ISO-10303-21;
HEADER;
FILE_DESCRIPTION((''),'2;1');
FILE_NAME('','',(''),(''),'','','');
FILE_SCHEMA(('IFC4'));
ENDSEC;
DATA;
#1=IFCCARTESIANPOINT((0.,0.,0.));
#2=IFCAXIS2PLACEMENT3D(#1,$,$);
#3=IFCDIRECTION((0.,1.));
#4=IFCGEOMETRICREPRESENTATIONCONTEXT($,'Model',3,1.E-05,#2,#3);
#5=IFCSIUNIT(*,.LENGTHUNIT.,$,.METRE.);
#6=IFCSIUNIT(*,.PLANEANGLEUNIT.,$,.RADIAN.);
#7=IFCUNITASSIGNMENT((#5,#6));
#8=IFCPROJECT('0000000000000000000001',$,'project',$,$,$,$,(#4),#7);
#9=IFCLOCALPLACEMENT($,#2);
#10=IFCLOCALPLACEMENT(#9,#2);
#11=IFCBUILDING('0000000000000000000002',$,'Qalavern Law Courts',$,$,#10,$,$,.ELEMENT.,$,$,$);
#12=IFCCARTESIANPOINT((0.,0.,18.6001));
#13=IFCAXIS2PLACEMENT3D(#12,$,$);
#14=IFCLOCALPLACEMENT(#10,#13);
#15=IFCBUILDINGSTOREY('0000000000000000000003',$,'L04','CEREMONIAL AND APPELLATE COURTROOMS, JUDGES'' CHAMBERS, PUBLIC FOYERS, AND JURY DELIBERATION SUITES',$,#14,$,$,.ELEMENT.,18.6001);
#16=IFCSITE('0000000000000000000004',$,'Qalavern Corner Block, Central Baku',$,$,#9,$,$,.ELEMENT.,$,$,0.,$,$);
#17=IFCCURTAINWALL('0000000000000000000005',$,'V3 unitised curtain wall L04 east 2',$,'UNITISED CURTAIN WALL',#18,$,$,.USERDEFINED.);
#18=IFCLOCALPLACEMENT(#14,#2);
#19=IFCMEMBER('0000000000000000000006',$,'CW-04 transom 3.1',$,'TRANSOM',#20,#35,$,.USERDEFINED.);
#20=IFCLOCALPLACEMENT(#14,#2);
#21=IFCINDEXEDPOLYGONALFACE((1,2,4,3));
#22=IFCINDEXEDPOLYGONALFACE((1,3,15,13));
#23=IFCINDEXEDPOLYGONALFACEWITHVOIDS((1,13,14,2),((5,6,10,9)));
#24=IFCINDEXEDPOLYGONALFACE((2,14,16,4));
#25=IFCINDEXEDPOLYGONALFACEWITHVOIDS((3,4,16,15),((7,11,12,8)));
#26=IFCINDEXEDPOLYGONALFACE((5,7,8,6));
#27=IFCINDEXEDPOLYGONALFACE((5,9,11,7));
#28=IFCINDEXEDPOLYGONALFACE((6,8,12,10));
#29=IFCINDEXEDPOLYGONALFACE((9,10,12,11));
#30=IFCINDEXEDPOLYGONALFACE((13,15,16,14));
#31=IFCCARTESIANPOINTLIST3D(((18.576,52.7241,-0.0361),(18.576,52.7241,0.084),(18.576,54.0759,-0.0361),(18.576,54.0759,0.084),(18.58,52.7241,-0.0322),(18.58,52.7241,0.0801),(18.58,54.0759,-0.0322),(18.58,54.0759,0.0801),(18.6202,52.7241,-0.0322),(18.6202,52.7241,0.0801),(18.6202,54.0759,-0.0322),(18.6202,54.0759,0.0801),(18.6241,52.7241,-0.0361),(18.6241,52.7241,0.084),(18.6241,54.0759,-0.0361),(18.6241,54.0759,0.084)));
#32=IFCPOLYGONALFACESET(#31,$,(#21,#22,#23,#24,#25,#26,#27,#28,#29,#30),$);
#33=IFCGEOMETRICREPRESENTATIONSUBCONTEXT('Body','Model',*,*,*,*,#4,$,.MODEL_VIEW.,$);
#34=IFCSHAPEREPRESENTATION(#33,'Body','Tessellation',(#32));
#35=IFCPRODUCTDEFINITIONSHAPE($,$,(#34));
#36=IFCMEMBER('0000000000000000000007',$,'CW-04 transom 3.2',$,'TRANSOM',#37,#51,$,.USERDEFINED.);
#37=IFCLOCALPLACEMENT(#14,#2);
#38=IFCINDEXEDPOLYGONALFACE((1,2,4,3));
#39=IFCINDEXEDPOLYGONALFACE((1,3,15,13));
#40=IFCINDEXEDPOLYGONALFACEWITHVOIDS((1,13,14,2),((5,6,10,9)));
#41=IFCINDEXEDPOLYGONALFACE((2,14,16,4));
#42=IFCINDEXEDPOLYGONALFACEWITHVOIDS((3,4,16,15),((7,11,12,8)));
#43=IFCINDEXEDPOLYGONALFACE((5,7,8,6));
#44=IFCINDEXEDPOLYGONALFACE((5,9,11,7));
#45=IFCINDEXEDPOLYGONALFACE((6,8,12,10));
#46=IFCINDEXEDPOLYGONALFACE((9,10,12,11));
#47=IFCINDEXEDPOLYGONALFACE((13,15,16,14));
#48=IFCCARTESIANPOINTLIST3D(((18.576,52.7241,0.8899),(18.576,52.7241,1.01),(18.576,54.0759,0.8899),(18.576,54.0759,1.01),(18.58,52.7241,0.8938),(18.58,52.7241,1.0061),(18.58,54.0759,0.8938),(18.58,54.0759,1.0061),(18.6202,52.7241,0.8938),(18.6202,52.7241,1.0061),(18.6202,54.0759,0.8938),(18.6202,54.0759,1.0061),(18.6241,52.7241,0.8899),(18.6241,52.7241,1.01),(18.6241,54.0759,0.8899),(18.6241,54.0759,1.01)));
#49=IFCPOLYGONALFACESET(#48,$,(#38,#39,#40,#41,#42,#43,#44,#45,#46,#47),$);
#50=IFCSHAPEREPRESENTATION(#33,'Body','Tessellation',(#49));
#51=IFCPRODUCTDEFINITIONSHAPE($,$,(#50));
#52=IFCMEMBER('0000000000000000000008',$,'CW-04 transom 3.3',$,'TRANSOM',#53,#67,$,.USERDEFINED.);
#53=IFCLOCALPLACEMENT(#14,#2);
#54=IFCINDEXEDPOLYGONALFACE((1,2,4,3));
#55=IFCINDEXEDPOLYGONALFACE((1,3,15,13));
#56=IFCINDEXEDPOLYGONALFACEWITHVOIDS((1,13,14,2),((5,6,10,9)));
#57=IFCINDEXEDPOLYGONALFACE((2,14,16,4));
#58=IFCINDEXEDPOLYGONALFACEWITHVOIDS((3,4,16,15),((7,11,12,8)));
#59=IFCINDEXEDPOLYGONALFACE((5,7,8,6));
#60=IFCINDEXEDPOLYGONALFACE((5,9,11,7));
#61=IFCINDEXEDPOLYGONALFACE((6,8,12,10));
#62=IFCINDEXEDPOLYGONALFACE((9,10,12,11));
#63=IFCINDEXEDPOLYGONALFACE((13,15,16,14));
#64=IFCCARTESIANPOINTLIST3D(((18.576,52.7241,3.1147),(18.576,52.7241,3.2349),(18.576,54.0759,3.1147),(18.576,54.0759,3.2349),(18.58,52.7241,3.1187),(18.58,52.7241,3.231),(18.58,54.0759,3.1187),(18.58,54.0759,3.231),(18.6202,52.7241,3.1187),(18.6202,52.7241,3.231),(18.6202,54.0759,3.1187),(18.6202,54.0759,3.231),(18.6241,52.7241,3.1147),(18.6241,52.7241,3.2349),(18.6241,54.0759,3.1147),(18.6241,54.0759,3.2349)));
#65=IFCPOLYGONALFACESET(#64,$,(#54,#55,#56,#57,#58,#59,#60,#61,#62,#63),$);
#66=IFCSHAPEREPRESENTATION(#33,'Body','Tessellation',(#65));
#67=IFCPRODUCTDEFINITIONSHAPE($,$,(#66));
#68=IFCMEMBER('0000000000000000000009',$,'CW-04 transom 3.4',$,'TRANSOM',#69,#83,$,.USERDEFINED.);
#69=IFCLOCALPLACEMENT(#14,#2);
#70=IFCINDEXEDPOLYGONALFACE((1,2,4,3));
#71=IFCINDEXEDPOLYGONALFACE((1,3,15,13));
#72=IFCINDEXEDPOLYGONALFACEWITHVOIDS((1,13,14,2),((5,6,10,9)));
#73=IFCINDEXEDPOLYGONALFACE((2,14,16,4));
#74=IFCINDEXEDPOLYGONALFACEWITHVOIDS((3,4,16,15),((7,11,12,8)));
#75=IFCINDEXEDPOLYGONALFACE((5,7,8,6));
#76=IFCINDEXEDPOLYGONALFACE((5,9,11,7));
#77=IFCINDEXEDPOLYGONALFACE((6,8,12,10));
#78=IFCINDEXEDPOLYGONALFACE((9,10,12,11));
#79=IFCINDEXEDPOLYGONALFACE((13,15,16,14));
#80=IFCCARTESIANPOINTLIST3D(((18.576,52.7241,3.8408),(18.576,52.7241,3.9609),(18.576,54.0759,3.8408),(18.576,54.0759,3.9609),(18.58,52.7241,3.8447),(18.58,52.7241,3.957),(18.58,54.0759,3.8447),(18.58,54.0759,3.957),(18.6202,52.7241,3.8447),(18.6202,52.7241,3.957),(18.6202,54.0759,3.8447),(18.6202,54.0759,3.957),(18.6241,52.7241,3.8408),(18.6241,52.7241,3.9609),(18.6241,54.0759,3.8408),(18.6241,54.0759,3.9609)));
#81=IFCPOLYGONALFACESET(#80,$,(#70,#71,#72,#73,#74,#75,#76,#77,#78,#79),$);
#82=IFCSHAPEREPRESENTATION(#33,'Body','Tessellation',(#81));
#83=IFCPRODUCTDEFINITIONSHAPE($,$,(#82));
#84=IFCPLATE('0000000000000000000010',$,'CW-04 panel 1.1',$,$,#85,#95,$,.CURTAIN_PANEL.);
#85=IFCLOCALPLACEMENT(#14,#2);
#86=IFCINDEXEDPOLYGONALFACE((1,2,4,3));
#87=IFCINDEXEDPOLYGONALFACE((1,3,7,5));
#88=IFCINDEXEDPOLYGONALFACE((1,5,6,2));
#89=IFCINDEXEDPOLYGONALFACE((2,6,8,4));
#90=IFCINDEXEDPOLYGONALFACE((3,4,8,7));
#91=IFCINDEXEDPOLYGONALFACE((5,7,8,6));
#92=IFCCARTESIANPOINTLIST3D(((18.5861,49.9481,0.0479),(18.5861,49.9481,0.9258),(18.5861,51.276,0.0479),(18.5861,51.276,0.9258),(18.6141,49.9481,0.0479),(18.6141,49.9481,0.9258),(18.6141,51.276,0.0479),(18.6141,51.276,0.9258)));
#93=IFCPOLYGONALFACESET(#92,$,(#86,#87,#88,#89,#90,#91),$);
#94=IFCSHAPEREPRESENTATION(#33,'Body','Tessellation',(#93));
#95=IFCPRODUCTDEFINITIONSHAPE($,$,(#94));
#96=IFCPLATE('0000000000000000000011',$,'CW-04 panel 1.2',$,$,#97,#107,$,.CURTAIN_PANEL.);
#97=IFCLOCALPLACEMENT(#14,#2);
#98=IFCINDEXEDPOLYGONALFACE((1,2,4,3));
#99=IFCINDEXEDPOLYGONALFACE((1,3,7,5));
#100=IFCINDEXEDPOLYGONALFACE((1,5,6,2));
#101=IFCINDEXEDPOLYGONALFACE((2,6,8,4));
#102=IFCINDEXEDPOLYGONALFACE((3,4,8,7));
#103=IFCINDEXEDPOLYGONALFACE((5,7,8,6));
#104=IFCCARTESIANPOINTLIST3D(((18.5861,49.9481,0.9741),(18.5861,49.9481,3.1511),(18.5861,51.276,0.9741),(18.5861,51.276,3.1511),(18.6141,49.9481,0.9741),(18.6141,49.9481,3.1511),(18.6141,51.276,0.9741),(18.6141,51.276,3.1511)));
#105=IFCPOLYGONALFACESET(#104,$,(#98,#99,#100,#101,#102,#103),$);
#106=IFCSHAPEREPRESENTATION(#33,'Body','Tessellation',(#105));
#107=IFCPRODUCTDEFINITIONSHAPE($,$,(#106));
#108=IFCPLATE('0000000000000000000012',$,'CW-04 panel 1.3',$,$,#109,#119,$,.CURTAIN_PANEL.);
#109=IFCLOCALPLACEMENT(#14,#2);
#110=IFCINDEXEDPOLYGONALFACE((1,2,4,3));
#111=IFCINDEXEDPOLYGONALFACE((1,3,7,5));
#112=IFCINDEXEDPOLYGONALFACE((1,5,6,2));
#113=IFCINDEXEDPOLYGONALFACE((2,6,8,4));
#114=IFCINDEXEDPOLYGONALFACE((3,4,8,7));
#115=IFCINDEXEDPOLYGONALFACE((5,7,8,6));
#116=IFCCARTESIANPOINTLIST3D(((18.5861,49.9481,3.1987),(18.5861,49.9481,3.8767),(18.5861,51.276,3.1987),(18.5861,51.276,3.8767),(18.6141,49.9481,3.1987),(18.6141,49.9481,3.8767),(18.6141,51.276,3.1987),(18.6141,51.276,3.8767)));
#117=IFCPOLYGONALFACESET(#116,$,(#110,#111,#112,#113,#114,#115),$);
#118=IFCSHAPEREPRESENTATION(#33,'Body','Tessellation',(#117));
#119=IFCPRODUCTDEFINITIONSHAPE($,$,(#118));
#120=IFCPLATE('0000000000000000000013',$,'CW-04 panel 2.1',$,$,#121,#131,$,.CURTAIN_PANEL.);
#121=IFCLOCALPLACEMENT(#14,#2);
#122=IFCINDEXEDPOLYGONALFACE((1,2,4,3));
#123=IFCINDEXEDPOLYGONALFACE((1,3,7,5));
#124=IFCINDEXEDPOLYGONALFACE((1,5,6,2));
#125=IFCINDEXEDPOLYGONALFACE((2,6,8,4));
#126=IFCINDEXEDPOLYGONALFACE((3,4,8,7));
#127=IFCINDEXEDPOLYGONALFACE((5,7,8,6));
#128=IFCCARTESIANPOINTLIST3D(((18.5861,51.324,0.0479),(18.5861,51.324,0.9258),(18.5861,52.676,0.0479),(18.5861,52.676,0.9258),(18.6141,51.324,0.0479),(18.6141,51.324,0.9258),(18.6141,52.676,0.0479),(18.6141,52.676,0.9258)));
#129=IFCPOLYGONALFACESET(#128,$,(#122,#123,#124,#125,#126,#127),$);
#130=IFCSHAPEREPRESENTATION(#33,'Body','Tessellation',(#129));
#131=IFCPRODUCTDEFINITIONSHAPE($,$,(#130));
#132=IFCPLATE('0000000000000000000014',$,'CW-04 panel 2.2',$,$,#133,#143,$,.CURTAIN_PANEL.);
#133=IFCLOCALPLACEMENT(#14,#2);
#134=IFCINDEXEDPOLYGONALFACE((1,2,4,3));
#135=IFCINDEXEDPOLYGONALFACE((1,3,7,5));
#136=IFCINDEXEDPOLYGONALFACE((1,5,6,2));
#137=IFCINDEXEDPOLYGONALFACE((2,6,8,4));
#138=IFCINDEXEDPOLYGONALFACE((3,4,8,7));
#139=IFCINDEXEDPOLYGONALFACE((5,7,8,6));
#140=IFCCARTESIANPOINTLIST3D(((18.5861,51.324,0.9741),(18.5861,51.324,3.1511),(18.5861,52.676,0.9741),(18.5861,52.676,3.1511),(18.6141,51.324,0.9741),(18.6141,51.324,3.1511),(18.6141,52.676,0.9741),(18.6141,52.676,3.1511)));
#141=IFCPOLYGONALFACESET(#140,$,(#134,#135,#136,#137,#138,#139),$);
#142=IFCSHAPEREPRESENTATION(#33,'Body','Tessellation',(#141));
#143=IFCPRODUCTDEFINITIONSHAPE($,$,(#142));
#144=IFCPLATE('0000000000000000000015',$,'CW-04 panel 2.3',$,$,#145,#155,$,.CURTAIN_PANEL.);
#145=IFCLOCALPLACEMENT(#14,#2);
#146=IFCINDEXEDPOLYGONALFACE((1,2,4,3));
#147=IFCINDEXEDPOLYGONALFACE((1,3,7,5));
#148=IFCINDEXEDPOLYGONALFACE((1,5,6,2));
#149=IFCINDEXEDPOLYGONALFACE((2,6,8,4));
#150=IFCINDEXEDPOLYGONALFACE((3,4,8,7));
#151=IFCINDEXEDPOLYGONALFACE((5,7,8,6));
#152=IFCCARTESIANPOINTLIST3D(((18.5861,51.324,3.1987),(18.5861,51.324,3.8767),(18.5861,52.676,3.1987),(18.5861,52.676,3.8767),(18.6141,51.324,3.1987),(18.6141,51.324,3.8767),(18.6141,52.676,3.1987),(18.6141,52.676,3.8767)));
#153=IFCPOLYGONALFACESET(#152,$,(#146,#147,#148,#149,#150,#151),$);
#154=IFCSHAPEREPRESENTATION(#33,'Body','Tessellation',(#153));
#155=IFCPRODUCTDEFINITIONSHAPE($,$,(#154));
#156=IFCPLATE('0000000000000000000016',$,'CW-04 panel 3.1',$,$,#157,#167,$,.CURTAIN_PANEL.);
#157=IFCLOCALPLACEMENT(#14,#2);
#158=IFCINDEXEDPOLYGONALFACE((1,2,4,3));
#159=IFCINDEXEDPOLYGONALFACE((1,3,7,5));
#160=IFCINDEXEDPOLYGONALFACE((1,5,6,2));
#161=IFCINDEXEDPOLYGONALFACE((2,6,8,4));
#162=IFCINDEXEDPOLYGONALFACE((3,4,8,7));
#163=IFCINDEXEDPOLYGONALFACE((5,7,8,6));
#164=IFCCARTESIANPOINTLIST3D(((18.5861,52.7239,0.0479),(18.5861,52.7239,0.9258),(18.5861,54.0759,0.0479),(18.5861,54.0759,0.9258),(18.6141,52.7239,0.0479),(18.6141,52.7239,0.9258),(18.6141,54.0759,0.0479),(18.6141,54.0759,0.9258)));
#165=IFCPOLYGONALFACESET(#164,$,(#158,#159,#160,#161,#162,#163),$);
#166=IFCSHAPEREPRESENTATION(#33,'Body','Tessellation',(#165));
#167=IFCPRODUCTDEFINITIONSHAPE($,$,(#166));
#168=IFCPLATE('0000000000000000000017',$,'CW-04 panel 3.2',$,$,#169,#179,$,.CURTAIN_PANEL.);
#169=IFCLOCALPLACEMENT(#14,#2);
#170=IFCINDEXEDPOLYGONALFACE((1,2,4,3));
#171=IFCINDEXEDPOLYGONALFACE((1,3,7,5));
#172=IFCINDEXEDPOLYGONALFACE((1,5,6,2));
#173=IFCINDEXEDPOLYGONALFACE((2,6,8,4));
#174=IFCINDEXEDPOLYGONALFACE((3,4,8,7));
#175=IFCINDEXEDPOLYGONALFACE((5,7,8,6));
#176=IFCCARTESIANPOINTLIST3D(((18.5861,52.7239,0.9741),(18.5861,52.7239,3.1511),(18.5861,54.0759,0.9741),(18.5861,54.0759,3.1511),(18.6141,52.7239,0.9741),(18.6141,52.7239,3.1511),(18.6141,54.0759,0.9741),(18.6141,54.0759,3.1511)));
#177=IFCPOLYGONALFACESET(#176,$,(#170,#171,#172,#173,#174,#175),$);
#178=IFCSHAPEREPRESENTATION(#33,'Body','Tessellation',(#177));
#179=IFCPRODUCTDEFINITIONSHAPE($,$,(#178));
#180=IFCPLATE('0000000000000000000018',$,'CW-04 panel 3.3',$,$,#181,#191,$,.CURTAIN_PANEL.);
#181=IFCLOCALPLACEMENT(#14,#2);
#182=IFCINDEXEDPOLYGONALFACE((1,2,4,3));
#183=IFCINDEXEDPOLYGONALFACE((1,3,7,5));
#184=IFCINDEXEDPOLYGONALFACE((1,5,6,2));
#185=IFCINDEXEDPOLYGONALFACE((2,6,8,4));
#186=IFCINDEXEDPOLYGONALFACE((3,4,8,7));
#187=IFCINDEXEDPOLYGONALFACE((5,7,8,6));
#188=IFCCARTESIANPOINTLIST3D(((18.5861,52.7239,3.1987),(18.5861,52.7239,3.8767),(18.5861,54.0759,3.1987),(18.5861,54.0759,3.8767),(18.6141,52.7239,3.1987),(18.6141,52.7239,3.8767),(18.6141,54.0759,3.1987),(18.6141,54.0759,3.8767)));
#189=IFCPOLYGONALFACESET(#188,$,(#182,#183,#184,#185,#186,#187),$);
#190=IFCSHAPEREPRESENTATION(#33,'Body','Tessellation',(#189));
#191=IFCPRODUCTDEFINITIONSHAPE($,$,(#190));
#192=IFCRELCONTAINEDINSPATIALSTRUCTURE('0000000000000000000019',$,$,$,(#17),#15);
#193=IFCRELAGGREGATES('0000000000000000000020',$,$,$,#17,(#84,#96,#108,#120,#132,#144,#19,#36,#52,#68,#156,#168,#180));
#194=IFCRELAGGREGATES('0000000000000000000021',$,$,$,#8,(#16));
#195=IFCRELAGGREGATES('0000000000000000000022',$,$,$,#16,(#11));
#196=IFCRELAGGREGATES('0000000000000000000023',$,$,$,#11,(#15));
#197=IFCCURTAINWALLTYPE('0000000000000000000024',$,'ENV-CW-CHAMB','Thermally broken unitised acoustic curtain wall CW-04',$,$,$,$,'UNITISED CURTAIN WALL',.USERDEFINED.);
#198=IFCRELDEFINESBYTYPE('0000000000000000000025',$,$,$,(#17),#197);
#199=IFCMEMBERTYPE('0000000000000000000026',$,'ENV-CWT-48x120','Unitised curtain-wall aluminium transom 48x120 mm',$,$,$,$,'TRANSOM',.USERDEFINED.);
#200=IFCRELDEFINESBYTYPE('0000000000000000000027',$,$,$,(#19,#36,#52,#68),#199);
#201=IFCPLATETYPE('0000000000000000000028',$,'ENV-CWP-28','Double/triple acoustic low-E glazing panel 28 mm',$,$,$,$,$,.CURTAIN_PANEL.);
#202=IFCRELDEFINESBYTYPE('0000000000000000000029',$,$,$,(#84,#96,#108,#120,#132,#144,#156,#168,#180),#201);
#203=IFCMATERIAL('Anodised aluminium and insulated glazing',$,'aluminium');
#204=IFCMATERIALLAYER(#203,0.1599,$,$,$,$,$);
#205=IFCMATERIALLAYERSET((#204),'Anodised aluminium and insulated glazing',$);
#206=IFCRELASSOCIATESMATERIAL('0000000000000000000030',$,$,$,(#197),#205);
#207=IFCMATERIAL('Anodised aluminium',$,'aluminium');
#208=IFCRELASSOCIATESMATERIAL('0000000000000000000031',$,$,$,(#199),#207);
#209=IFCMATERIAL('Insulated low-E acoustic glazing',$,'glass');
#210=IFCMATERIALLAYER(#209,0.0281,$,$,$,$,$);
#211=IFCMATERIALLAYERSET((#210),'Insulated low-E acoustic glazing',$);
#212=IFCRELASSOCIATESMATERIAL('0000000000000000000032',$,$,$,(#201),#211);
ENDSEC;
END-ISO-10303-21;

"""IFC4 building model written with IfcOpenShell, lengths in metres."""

from ifc_helpers import new_model, si_unit, direction, frame, origin, origin_2d, place, context, subcontext, project, spatial, rectangle, hollow_rectangle, extrude, material, layer, layer_set, material_profile, profile_set, type_object, element, aggregate, save


model = new_model("IFC4")

# Units and contexts
model_context = context("Model", 3, precision=1e-05, world=origin(), true_north=direction((0.0, 1.0)))
body_context = subcontext(model_context, "Body", "Model", "MODEL_VIEW")
ifc_project = project(units=[si_unit("LENGTHUNIT", "METRE"), si_unit("PLANEANGLEUNIT", "RADIAN")], contexts=[model_context])

# Site, building, storey
site_placement = place(None, origin())
site = spatial("IfcSite", under=ifc_project, at=site_placement, Name="Qalavern Corner Block, Central Baku", CompositionType="ELEMENT", RefElevation=0.0)
building_placement = place(site_placement, origin())
building = spatial("IfcBuilding", under=site, at=building_placement, Name="Qalavern Law Courts", CompositionType="ELEMENT")
storey_placement = place(building_placement, frame((0.0, 0.0, 18.6001)))
storey = spatial("IfcBuildingStorey", under=building, at=storey_placement, Name="L04", Description="CEREMONIAL AND APPELLATE COURTROOMS, JUDGES' CHAMBERS, PUBLIC FOYERS, AND JURY DELIBERATION SUITES", CompositionType="ELEMENT", Elevation=18.6001)

# Curtain wall, members, plates
ifc_material_1 = material(Name="Anodised aluminium and insulated glazing", Category="aluminium")
ifc_layer_1 = layer(ifc_material_1, 0.1599)
ifc_layer_set_1 = layer_set([ifc_layer_1], Name="Anodised aluminium and insulated glazing")
curtain_wall_type = type_object("IfcCurtainWallType", Name="ENV-CW-CHAMB", Description="Thermally broken unitised acoustic curtain wall CW-04", ElementType="UNITISED CURTAIN WALL", PredefinedType="USERDEFINED", material=ifc_layer_set_1)
curtain_wall_placement = place(storey_placement, origin())
curtain_wall = element("IfcCurtainWall", 1, at=curtain_wall_placement, inside=storey, type_object=curtain_wall_type, Name="V3 unitised curtain wall L04 east 2", ObjectType="UNITISED CURTAIN WALL", PredefinedType="USERDEFINED")
ifc_material_2 = material(Name="Anodised aluminium", Category="aluminium")
ifc_material_profile_1 = material_profile(ifc_material_2, hollow_rectangle(XDim=0.0481, YDim=0.1201, WallThickness=0.0039, at=origin_2d()), Name="ALU TRANSOM 48x120")
ifc_profile_set_1 = profile_set([ifc_material_profile_1], Name="Anodised aluminium")
member_type_1 = type_object("IfcMemberType", Name="ENV-CWT-48x120", Description="Unitised curtain-wall aluminium transom 48x120 mm", ElementType="TRANSOM", PredefinedType="USERDEFINED", material=ifc_profile_set_1)
member_1_placement = place(storey_placement, frame((18.6001, 52.7241, 0.0239), z_axis=(0.0, 1.0, 0.0), x_axis=(-1.0, 0.0, 0.0)))
member_1 = element("IfcMember", 2, at=member_1_placement, type_object=member_type_1, Name="CW-04 transom 3.1", ObjectType="TRANSOM", PredefinedType="USERDEFINED", context=body_context, shape_type="SweptSolid", body=[
    extrude(hollow_rectangle(XDim=0.0481, YDim=0.1201, WallThickness=0.0039, at=origin_2d()), origin(), (0.0, 0.0, 1.0), 1.3518),
])
member_2_placement = place(storey_placement, frame((18.6001, 52.7241, 0.95), z_axis=(0.0, 1.0, 0.0), x_axis=(-1.0, 0.0, 0.0)))
member_2 = element("IfcMember", 3, at=member_2_placement, type_object=member_type_1, Name="CW-04 transom 3.2", ObjectType="TRANSOM", PredefinedType="USERDEFINED", context=body_context, shape_type="SweptSolid", body=[
    extrude(hollow_rectangle(XDim=0.0481, YDim=0.1201, WallThickness=0.0039, at=origin_2d()), origin(), (0.0, 0.0, 1.0), 1.3518),
])
member_3_placement = place(storey_placement, frame((18.6001, 52.7241, 3.1748), z_axis=(0.0, 1.0, 0.0), x_axis=(-1.0, 0.0, 0.0)))
member_3 = element("IfcMember", 4, at=member_3_placement, type_object=member_type_1, Name="CW-04 transom 3.3", ObjectType="TRANSOM", PredefinedType="USERDEFINED", context=body_context, shape_type="SweptSolid", body=[
    extrude(hollow_rectangle(XDim=0.0481, YDim=0.1201, WallThickness=0.0039, at=origin_2d()), origin(), (0.0, 0.0, 1.0), 1.3518),
])
member_4_placement = place(storey_placement, frame((18.6001, 52.7241, 3.9009), z_axis=(0.0, 1.0, 0.0), x_axis=(-1.0, 0.0, 0.0)))
member_4 = element("IfcMember", 5, at=member_4_placement, type_object=member_type_1, Name="CW-04 transom 3.4", ObjectType="TRANSOM", PredefinedType="USERDEFINED", context=body_context, shape_type="SweptSolid", body=[
    extrude(hollow_rectangle(XDim=0.0481, YDim=0.1201, WallThickness=0.0039, at=origin_2d()), origin(), (0.0, 0.0, 1.0), 1.3518),
])
ifc_material_3 = material(Name="Insulated low-E acoustic glazing", Category="glass")
ifc_layer_2 = layer(ifc_material_3, 0.0281)
ifc_layer_set_2 = layer_set([ifc_layer_2], Name="Insulated low-E acoustic glazing")
plate_type = type_object("IfcPlateType", Name="ENV-CWP-28", Description="Double/triple acoustic low-E glazing panel 28 mm", PredefinedType="CURTAIN_PANEL", material=ifc_layer_set_2)
plate_1_placement = place(storey_placement, frame((18.6001, 50.6121, 0.0479), z_axis=(0.0, 0.0, 1.0), x_axis=(0.0, 1.0, 0.0)))
plate_1 = element("IfcPlate", 6, at=plate_1_placement, type_object=plate_type, Name="CW-04 panel 1.1", PredefinedType="CURTAIN_PANEL", context=body_context, shape_type="SweptSolid", body=[
    extrude(rectangle(XDim=1.3279, YDim=0.0281, at=origin_2d()), origin(), (0.0, 0.0, 1.0), 0.8779),
])
plate_2_placement = place(storey_placement, frame((18.6001, 50.6121, 0.9741), z_axis=(0.0, 0.0, 1.0), x_axis=(0.0, 1.0, 0.0)))
plate_2 = element("IfcPlate", 7, at=plate_2_placement, type_object=plate_type, Name="CW-04 panel 1.2", PredefinedType="CURTAIN_PANEL", context=body_context, shape_type="SweptSolid", body=[
    extrude(rectangle(XDim=1.3279, YDim=0.0281, at=origin_2d()), origin(), (0.0, 0.0, 1.0), 2.177),
])
plate_3_placement = place(storey_placement, frame((18.6001, 50.6121, 3.1987), z_axis=(0.0, 0.0, 1.0), x_axis=(0.0, 1.0, 0.0)))
plate_3 = element("IfcPlate", 8, at=plate_3_placement, type_object=plate_type, Name="CW-04 panel 1.3", PredefinedType="CURTAIN_PANEL", context=body_context, shape_type="SweptSolid", body=[
    extrude(rectangle(XDim=1.3279, YDim=0.0281, at=origin_2d()), origin(), (0.0, 0.0, 1.0), 0.678),
])
plate_4_placement = place(storey_placement, frame((18.6001, 52.0, 0.0479), z_axis=(0.0, 0.0, 1.0), x_axis=(0.0, 1.0, 0.0)))
plate_4 = element("IfcPlate", 9, at=plate_4_placement, type_object=plate_type, Name="CW-04 panel 2.1", PredefinedType="CURTAIN_PANEL", context=body_context, shape_type="SweptSolid", body=[
    extrude(rectangle(XDim=1.3521, YDim=0.0281, at=origin_2d()), origin(), (0.0, 0.0, 1.0), 0.8779),
])
plate_5_placement = place(storey_placement, frame((18.6001, 52.0, 0.9741), z_axis=(0.0, 0.0, 1.0), x_axis=(0.0, 1.0, 0.0)))
plate_5 = element("IfcPlate", 10, at=plate_5_placement, type_object=plate_type, Name="CW-04 panel 2.2", PredefinedType="CURTAIN_PANEL", context=body_context, shape_type="SweptSolid", body=[
    extrude(rectangle(XDim=1.3521, YDim=0.0281, at=origin_2d()), origin(), (0.0, 0.0, 1.0), 2.177),
])
plate_6_placement = place(storey_placement, frame((18.6001, 52.0, 3.1987), z_axis=(0.0, 0.0, 1.0), x_axis=(0.0, 1.0, 0.0)))
plate_6 = element("IfcPlate", 11, at=plate_6_placement, type_object=plate_type, Name="CW-04 panel 2.3", PredefinedType="CURTAIN_PANEL", context=body_context, shape_type="SweptSolid", body=[
    extrude(rectangle(XDim=1.3521, YDim=0.0281, at=origin_2d()), origin(), (0.0, 0.0, 1.0), 0.678),
])
plate_7_placement = place(storey_placement, frame((18.6001, 53.3999, 0.0479), z_axis=(0.0, 0.0, 1.0), x_axis=(0.0, 1.0, 0.0)))
plate_7 = element("IfcPlate", 12, at=plate_7_placement, type_object=plate_type, Name="CW-04 panel 3.1", PredefinedType="CURTAIN_PANEL", context=body_context, shape_type="SweptSolid", body=[
    extrude(rectangle(XDim=1.3521, YDim=0.0281, at=origin_2d()), origin(), (0.0, 0.0, 1.0), 0.8779),
])
plate_8_placement = place(storey_placement, frame((18.6001, 53.3999, 0.9741), z_axis=(0.0, 0.0, 1.0), x_axis=(0.0, 1.0, 0.0)))
plate_8 = element("IfcPlate", 13, at=plate_8_placement, type_object=plate_type, Name="CW-04 panel 3.2", PredefinedType="CURTAIN_PANEL", context=body_context, shape_type="SweptSolid", body=[
    extrude(rectangle(XDim=1.3521, YDim=0.0281, at=origin_2d()), origin(), (0.0, 0.0, 1.0), 2.177),
])
plate_9_placement = place(storey_placement, frame((18.6001, 53.3999, 3.1987), z_axis=(0.0, 0.0, 1.0), x_axis=(0.0, 1.0, 0.0)))
plate_9 = element("IfcPlate", 14, at=plate_9_placement, type_object=plate_type, Name="CW-04 panel 3.3", PredefinedType="CURTAIN_PANEL", context=body_context, shape_type="SweptSolid", body=[
    extrude(rectangle(XDim=1.3521, YDim=0.0281, at=origin_2d()), origin(), (0.0, 0.0, 1.0), 0.678),
])
aggregate(curtain_wall, [plate_1, plate_2, plate_3, plate_4, plate_5, plate_6, member_1, member_2, member_3, member_4, plate_7, plate_8, plate_9])

save(model, "model.ifc")
